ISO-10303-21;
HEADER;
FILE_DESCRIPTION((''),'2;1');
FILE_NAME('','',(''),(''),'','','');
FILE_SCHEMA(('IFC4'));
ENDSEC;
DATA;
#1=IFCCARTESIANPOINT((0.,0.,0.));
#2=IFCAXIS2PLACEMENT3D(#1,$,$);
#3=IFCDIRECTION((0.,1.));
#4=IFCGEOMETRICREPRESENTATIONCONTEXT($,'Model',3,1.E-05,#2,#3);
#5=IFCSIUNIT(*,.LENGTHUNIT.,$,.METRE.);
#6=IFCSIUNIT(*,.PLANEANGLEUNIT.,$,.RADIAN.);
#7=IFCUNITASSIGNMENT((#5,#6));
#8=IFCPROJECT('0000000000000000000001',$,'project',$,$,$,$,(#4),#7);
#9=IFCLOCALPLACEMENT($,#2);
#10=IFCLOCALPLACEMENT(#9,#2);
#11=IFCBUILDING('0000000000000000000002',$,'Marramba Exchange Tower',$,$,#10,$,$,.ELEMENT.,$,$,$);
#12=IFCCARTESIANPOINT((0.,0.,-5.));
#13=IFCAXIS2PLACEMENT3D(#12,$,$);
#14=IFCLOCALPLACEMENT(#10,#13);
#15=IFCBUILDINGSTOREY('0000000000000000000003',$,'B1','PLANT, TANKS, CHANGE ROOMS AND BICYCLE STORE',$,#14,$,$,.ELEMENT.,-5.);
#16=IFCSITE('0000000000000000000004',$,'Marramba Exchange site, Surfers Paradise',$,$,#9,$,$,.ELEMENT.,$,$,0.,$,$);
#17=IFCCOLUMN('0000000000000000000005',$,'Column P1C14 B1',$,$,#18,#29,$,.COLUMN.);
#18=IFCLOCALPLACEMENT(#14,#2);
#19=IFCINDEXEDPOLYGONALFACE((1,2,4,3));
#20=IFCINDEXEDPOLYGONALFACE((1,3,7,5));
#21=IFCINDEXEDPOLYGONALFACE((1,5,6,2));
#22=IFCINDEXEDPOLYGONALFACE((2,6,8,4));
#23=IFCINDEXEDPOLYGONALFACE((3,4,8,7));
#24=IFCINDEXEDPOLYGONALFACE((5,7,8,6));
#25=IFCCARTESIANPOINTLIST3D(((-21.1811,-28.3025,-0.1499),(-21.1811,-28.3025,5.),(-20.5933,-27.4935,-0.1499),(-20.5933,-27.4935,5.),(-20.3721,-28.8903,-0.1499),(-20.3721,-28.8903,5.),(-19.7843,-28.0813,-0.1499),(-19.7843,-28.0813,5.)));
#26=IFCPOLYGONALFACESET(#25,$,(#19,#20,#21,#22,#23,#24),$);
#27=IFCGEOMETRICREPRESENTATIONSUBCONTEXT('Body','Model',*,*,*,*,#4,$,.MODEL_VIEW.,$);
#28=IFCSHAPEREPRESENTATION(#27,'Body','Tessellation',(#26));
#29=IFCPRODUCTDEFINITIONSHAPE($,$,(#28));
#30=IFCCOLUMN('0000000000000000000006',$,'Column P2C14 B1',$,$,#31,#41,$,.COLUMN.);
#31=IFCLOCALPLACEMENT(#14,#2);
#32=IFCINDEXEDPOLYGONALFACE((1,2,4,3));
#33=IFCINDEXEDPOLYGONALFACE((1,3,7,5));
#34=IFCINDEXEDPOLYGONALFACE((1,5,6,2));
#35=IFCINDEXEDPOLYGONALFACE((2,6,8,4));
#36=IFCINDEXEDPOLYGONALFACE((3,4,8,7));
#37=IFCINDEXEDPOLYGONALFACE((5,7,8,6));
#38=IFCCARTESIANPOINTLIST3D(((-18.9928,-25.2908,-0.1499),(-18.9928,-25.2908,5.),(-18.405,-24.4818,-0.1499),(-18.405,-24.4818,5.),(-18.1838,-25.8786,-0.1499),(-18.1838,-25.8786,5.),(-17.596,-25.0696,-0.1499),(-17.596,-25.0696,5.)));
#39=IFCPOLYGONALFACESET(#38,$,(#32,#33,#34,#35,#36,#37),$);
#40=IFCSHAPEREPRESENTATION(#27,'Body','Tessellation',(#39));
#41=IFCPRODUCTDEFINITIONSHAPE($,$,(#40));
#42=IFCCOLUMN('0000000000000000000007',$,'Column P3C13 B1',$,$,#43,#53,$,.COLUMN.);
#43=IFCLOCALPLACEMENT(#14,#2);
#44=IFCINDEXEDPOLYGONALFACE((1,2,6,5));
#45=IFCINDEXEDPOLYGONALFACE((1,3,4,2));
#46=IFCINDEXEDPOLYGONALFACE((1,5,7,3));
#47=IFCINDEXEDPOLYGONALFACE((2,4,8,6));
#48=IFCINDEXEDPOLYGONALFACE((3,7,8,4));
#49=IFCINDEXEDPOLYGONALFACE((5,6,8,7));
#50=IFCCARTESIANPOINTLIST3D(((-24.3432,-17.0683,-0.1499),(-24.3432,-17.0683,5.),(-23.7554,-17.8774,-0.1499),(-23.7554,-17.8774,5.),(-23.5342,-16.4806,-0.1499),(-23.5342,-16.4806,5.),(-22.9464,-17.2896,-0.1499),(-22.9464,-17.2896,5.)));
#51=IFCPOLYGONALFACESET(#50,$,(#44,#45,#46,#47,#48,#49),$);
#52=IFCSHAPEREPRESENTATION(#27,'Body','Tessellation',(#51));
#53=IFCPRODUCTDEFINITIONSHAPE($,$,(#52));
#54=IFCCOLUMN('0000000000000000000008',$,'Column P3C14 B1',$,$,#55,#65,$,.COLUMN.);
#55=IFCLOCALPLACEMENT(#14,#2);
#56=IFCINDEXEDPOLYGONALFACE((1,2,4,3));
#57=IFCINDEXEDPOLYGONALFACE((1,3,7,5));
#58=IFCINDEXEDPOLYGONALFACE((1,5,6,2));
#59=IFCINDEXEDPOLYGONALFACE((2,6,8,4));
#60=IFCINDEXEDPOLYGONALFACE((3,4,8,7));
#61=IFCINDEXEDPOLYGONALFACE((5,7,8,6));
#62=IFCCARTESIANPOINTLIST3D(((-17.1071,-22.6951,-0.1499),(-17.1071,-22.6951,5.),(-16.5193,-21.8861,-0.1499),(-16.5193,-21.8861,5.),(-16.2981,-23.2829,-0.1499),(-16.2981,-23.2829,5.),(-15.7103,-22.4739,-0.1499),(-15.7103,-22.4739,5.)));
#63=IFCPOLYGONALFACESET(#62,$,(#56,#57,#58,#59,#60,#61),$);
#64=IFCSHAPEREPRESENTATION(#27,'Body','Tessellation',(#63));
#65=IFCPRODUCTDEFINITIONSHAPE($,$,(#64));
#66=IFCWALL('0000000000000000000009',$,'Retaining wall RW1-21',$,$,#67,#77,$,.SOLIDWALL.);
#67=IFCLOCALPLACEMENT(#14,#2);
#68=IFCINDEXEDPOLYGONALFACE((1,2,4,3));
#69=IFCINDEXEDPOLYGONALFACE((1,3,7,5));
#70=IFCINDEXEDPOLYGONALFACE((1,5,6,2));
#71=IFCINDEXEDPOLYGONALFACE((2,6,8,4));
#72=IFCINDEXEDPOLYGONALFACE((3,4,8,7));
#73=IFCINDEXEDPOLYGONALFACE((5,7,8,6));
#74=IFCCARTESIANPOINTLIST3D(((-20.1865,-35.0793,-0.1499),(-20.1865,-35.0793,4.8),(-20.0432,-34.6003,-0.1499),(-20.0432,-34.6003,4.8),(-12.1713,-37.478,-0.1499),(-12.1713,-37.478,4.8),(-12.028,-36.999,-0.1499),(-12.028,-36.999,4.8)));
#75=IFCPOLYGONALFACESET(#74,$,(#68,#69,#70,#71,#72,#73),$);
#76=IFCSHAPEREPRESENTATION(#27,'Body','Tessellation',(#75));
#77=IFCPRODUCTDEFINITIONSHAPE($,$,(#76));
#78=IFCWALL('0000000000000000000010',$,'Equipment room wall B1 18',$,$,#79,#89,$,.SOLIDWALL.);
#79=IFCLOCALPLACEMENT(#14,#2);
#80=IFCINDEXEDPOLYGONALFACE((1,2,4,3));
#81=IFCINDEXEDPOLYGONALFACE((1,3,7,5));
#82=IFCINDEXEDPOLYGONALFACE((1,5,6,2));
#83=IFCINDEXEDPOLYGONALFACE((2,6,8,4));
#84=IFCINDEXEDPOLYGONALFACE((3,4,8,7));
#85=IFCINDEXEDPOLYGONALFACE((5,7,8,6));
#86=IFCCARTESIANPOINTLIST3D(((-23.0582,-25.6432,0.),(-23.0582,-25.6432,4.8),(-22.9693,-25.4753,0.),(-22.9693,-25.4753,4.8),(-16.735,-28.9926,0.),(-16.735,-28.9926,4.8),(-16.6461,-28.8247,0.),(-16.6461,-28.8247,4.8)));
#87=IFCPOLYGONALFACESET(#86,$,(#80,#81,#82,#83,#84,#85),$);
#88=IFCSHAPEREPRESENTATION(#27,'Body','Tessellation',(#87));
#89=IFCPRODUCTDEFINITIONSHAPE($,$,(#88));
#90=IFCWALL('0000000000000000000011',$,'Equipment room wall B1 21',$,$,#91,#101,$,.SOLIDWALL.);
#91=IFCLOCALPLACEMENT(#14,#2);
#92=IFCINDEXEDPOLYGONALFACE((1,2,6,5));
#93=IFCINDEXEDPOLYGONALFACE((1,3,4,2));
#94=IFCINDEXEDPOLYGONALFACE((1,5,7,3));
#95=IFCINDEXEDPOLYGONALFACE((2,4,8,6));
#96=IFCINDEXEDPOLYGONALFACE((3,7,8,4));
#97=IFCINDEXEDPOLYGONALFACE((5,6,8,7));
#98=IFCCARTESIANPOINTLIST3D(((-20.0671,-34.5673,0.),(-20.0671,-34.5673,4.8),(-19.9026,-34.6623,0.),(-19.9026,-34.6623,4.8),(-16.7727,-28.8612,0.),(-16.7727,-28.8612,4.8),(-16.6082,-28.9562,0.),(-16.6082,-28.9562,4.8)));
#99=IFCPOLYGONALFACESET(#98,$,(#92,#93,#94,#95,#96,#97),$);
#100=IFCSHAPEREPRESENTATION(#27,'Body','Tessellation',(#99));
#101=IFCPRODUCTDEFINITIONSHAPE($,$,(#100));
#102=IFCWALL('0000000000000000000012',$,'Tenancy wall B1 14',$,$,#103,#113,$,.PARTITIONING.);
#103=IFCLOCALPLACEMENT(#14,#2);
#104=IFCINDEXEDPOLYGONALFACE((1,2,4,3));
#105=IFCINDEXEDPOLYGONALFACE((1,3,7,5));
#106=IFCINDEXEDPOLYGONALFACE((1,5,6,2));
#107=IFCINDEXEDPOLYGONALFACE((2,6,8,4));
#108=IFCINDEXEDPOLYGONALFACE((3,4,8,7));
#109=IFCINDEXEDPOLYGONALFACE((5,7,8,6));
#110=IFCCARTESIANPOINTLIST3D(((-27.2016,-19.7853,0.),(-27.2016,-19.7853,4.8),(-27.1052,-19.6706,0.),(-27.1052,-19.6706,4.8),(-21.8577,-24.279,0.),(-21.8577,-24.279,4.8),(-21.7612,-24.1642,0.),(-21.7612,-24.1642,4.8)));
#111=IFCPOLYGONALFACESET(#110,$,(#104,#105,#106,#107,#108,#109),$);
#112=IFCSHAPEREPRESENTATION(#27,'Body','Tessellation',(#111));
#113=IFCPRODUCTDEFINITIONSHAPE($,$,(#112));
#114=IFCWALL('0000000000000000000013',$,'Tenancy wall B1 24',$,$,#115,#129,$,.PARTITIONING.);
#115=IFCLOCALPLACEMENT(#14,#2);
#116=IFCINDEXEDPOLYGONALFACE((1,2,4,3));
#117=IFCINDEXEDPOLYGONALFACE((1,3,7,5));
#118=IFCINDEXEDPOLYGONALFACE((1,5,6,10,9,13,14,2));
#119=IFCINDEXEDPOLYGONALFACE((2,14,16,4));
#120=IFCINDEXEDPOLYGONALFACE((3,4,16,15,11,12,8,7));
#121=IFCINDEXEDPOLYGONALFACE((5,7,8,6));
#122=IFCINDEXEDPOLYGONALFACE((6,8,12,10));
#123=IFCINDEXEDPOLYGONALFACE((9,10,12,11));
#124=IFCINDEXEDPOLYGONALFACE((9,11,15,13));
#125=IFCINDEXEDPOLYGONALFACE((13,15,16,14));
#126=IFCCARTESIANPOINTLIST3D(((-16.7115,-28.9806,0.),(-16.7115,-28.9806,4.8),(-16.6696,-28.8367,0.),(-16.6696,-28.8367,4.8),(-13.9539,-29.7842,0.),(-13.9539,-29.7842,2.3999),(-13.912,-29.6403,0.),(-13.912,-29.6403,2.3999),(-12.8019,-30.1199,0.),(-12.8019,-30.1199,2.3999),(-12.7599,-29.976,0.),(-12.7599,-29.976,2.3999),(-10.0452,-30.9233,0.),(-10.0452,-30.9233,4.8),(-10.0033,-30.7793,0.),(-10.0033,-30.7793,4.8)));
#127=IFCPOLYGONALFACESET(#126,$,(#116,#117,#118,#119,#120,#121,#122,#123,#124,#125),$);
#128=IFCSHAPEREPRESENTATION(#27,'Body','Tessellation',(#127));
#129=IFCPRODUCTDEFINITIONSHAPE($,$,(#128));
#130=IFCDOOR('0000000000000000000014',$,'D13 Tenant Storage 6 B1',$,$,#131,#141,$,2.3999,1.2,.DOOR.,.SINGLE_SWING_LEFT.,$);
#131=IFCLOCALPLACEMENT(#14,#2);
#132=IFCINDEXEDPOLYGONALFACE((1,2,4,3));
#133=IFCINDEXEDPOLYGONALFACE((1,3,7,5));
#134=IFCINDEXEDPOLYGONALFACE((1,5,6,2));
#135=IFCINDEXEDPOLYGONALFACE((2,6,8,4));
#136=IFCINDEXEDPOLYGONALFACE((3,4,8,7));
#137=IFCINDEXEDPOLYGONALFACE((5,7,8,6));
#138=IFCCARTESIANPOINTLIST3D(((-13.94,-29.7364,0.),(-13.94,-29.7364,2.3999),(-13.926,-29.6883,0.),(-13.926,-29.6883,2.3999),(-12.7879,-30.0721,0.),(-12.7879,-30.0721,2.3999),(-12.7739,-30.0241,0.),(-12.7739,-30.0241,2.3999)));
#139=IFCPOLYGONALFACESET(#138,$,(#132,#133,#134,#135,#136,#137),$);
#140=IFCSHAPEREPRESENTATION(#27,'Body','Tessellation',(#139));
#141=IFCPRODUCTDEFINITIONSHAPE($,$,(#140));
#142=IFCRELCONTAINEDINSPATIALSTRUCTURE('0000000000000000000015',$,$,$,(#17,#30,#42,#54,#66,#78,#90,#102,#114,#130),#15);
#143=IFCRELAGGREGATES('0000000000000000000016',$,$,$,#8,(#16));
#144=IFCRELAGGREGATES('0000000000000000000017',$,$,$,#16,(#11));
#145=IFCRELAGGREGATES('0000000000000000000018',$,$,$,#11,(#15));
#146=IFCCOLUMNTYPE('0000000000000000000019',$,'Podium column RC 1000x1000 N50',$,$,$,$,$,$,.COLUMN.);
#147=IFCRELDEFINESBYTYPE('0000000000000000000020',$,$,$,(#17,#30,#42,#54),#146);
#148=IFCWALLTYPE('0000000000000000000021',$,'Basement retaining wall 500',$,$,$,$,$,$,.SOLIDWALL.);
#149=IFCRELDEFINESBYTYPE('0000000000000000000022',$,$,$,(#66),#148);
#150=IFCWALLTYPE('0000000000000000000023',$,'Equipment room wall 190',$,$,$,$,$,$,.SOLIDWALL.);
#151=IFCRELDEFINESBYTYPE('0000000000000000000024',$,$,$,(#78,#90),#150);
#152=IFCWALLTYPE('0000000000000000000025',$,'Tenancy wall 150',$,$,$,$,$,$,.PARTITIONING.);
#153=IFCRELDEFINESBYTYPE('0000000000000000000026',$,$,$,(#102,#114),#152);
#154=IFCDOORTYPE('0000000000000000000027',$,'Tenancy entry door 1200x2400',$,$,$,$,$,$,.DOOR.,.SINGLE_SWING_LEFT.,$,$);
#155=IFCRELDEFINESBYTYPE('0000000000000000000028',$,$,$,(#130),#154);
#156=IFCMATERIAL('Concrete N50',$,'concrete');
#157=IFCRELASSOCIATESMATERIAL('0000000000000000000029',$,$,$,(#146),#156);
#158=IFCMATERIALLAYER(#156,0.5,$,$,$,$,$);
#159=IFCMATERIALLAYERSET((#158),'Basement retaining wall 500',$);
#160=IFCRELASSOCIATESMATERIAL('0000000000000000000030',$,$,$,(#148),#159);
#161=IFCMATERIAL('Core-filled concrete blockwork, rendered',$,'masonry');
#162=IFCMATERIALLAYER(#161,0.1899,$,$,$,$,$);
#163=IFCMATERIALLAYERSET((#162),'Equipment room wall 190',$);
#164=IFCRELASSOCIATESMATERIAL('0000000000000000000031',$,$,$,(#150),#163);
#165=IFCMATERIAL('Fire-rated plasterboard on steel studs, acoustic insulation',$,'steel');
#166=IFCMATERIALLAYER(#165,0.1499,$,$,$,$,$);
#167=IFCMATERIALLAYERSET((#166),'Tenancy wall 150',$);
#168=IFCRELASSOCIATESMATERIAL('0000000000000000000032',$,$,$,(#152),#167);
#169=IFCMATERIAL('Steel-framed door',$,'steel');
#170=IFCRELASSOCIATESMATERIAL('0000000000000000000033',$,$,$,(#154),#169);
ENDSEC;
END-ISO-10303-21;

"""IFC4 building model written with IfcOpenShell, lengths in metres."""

from ifc_helpers import new_model, si_unit, direction, frame, frame_2d, origin, origin_2d, place, context, subcontext, project, spatial, rectangle, extrude, material, layer, layer_set, material_profile, profile_set, type_object, element, fill, save


model = new_model("IFC4")

# Units and contexts
model_context = context("Model", 3, precision=1e-05, world=origin(), true_north=direction((0.0, 1.0)))
body_context = subcontext(model_context, "Body", "Model", "MODEL_VIEW")
ifc_project = project(units=[si_unit("LENGTHUNIT", "METRE"), si_unit("PLANEANGLEUNIT", "RADIAN")], contexts=[model_context])

# Site, building, storey
site_placement = place(None, origin())
site = spatial("IfcSite", under=ifc_project, at=site_placement, Name="Marramba Exchange site, Surfers Paradise", CompositionType="ELEMENT", RefElevation=0.0)
building_placement = place(site_placement, origin())
building = spatial("IfcBuilding", under=site, at=building_placement, Name="Marramba Exchange Tower", CompositionType="ELEMENT")
storey_placement = place(building_placement, frame((0.0, 0.0, -5.0)))
storey = spatial("IfcBuildingStorey", under=building, at=storey_placement, Name="B1", Description="PLANT, TANKS, CHANGE ROOMS AND BICYCLE STORE", CompositionType="ELEMENT", Elevation=-5.0)

# Shared definitions
ifc_material_1 = material(Name="Concrete N50", Category="concrete")

# Columns
ifc_material_profile_1 = material_profile(ifc_material_1, rectangle(XDim=1.0, YDim=1.0, at=origin_2d()), Name="RC 1000x1000")
ifc_profile_set_1 = profile_set([ifc_material_profile_1], Name="Concrete N50")
column_type = type_object("IfcColumnType", Name="Podium column RC 1000x1000 N50", PredefinedType="COLUMN", material=ifc_profile_set_1)
for number, where, z_axis, x_axis, name in (
    (1, (-20.4827, -28.1919, -0.1499), (0.0, 0.0, 1.0), (-0.587785, -0.809017, 0.0), "Column P1C14 B1"),
    (2, (-18.2944, -25.1802, -0.1499), (0.0, 0.0, 1.0), (-0.587785, -0.809017, 0.0), "Column P2C14 B1"),
    (3, (-23.6448, -17.179, -0.1499), (0.0, 0.0, 1.0), (-0.809017, -0.587785, 0.0), "Column P3C13 B1"),
    (4, (-16.4087, -22.5845, -0.1499), (0.0, 0.0, 1.0), (-0.587785, -0.809017, 0.0), "Column P3C14 B1"),
):
    element("IfcColumn", number, at=place(storey_placement, frame(where, z_axis=z_axis, x_axis=x_axis)), inside=storey, type_object=column_type, Name=name, PredefinedType="COLUMN", context=body_context, shape_type="SweptSolid", body=[
        extrude(rectangle(XDim=1.0, YDim=1.0, at=origin_2d()), origin(), (0.0, 0.0, 1.0), 5.1499),
    ])

# Walls
ifc_layer_1 = layer(ifc_material_1, 0.5)
ifc_layer_set_1 = layer_set([ifc_layer_1], Name="Basement retaining wall 500")
wall_type_1 = type_object("IfcWallType", Name="Basement retaining wall 500", PredefinedType="SOLIDWALL", material=ifc_layer_set_1)
wall_1_placement = place(storey_placement, frame((-20.1147, -34.8398, -0.1499), z_axis=(0.0, 0.0, 1.0), x_axis=(0.958019, -0.286705, 0.0)))
element("IfcWall", 5, at=wall_1_placement, inside=storey, type_object=wall_type_1, Name="Retaining wall RW1-21", PredefinedType="SOLIDWALL", context=body_context, shape_type="SweptSolid", body=[
    extrude(rectangle(XDim=8.3665, YDim=0.5, at=frame_2d((4.1831, 0.0))), origin(), (0.0, 0.0, 1.0), 4.95),
])
ifc_material_2 = material(Name="Core-filled concrete blockwork, rendered", Category="masonry")
ifc_layer_2 = layer(ifc_material_2, 0.1899)
ifc_layer_set_2 = layer_set([ifc_layer_2], Name="Equipment room wall 190")
wall_type_2 = type_object("IfcWallType", Name="Equipment room wall 190", PredefinedType="SOLIDWALL", material=ifc_layer_set_2)
wall_2_placement = place(storey_placement, frame((-23.0137, -25.5593, 0.0), z_axis=(0.0, 0.0, 1.0), x_axis=(0.883686, -0.468081, 0.0)))
element("IfcWall", 6, at=wall_2_placement, inside=storey, type_object=wall_type_2, Name="Equipment room wall B1 18", PredefinedType="SOLIDWALL", context=body_context, shape_type="SweptSolid", body=[
    extrude(rectangle(XDim=7.1555, YDim=0.1899, at=frame_2d((3.5776, 0.0))), origin(), (0.0, 0.0, 1.0), 4.8),
])
wall_3_placement = place(storey_placement, frame((-16.6904, -28.9087, 0.0), z_axis=(0.0, 0.0, 1.0), x_axis=(-0.500005, -0.866023, 0.0)))
element("IfcWall", 7, at=wall_3_placement, inside=storey, type_object=wall_type_2, Name="Equipment room wall B1 21", PredefinedType="SOLIDWALL", context=body_context, shape_type="SweptSolid", body=[
    extrude(rectangle(XDim=6.5889, YDim=0.1899, at=frame_2d((3.2944, 0.0))), origin(), (0.0, 0.0, 1.0), 4.8),
])
ifc_material_3 = material(Name="Fire-rated plasterboard on steel studs, acoustic insulation", Category="steel")
ifc_layer_3 = layer(ifc_material_3, 0.1499)
ifc_layer_set_3 = layer_set([ifc_layer_3], Name="Tenancy wall 150")
wall_type_3 = type_object("IfcWallType", Name="Tenancy wall 150", PredefinedType="PARTITIONING", material=ifc_layer_set_3)
wall_4_placement = place(storey_placement, frame((-21.8093, -24.2217, 0.0), z_axis=(0.0, 0.0, 1.0), x_axis=(-0.765373, 0.643586, 0.0)))
element("IfcWall", 8, at=wall_4_placement, inside=storey, type_object=wall_type_3, Name="Tenancy wall B1 14", PredefinedType="PARTITIONING", context=body_context, shape_type="SweptSolid", body=[
    extrude(rectangle(XDim=6.9822, YDim=0.1499, at=frame_2d((3.4912, 0.0))), origin(), (0.0, 0.0, 1.0), 4.8),
])

# Wall, opening, door
wall_5_placement = place(storey_placement, frame((-16.6904, -28.9087, 0.0), z_axis=(0.0, 0.0, 1.0), x_axis=(0.960066, -0.279775, 0.0)))
wall_5 = element("IfcWall", 9, at=wall_5_placement, inside=storey, type_object=wall_type_3, Name="Tenancy wall B1 24", PredefinedType="PARTITIONING", context=body_context, shape_type="SweptSolid", body=[
    extrude(rectangle(XDim=6.9436, YDim=0.1499, at=frame_2d((3.4717, 0.0))), origin(), (0.0, 0.0, 1.0), 4.8),
])
opening_placement = place(wall_5_placement, frame((2.8721, 0.0, 0.0)))
opening = element("IfcOpeningElement", 10, at=opening_placement, cuts=wall_5, PredefinedType="OPENING", context=body_context, shape_type="SweptSolid", body=[
    extrude(rectangle(XDim=1.2, YDim=2.3999, at=frame_2d((0.6001, 1.2))), frame((0.0, 0.085, 0.0), z_axis=(0.0, -1.0, 0.0), x_axis=(1.0, 0.0, 0.0)), (0.0, 0.0, 1.0), 0.1699),
])
ifc_material_4 = material(Name="Steel-framed door", Category="steel")
door_type = type_object("IfcDoorType", Name="Tenancy entry door 1200x2400", OperationType="SINGLE_SWING_LEFT", PredefinedType="DOOR", material=ifc_material_4)
door_placement = place(opening_placement, origin())
door = element("IfcDoor", 11, at=door_placement, inside=storey, type_object=door_type, Name="D13 Tenant Storage 6 B1", OperationType="SINGLE_SWING_LEFT", OverallHeight=2.3999, OverallWidth=1.2, PredefinedType="DOOR", context=body_context, shape_type="SweptSolid", body=[
    extrude(rectangle(XDim=1.2, YDim=2.3999, at=frame_2d((0.6001, 1.2))), frame((0.0, 0.0249, 0.0), z_axis=(0.0, -1.0, 0.0), x_axis=(1.0, 0.0, 0.0)), (0.0, 0.0, 1.0), 0.05),
])
fill(opening, door)

save(model, "model.ifc")
